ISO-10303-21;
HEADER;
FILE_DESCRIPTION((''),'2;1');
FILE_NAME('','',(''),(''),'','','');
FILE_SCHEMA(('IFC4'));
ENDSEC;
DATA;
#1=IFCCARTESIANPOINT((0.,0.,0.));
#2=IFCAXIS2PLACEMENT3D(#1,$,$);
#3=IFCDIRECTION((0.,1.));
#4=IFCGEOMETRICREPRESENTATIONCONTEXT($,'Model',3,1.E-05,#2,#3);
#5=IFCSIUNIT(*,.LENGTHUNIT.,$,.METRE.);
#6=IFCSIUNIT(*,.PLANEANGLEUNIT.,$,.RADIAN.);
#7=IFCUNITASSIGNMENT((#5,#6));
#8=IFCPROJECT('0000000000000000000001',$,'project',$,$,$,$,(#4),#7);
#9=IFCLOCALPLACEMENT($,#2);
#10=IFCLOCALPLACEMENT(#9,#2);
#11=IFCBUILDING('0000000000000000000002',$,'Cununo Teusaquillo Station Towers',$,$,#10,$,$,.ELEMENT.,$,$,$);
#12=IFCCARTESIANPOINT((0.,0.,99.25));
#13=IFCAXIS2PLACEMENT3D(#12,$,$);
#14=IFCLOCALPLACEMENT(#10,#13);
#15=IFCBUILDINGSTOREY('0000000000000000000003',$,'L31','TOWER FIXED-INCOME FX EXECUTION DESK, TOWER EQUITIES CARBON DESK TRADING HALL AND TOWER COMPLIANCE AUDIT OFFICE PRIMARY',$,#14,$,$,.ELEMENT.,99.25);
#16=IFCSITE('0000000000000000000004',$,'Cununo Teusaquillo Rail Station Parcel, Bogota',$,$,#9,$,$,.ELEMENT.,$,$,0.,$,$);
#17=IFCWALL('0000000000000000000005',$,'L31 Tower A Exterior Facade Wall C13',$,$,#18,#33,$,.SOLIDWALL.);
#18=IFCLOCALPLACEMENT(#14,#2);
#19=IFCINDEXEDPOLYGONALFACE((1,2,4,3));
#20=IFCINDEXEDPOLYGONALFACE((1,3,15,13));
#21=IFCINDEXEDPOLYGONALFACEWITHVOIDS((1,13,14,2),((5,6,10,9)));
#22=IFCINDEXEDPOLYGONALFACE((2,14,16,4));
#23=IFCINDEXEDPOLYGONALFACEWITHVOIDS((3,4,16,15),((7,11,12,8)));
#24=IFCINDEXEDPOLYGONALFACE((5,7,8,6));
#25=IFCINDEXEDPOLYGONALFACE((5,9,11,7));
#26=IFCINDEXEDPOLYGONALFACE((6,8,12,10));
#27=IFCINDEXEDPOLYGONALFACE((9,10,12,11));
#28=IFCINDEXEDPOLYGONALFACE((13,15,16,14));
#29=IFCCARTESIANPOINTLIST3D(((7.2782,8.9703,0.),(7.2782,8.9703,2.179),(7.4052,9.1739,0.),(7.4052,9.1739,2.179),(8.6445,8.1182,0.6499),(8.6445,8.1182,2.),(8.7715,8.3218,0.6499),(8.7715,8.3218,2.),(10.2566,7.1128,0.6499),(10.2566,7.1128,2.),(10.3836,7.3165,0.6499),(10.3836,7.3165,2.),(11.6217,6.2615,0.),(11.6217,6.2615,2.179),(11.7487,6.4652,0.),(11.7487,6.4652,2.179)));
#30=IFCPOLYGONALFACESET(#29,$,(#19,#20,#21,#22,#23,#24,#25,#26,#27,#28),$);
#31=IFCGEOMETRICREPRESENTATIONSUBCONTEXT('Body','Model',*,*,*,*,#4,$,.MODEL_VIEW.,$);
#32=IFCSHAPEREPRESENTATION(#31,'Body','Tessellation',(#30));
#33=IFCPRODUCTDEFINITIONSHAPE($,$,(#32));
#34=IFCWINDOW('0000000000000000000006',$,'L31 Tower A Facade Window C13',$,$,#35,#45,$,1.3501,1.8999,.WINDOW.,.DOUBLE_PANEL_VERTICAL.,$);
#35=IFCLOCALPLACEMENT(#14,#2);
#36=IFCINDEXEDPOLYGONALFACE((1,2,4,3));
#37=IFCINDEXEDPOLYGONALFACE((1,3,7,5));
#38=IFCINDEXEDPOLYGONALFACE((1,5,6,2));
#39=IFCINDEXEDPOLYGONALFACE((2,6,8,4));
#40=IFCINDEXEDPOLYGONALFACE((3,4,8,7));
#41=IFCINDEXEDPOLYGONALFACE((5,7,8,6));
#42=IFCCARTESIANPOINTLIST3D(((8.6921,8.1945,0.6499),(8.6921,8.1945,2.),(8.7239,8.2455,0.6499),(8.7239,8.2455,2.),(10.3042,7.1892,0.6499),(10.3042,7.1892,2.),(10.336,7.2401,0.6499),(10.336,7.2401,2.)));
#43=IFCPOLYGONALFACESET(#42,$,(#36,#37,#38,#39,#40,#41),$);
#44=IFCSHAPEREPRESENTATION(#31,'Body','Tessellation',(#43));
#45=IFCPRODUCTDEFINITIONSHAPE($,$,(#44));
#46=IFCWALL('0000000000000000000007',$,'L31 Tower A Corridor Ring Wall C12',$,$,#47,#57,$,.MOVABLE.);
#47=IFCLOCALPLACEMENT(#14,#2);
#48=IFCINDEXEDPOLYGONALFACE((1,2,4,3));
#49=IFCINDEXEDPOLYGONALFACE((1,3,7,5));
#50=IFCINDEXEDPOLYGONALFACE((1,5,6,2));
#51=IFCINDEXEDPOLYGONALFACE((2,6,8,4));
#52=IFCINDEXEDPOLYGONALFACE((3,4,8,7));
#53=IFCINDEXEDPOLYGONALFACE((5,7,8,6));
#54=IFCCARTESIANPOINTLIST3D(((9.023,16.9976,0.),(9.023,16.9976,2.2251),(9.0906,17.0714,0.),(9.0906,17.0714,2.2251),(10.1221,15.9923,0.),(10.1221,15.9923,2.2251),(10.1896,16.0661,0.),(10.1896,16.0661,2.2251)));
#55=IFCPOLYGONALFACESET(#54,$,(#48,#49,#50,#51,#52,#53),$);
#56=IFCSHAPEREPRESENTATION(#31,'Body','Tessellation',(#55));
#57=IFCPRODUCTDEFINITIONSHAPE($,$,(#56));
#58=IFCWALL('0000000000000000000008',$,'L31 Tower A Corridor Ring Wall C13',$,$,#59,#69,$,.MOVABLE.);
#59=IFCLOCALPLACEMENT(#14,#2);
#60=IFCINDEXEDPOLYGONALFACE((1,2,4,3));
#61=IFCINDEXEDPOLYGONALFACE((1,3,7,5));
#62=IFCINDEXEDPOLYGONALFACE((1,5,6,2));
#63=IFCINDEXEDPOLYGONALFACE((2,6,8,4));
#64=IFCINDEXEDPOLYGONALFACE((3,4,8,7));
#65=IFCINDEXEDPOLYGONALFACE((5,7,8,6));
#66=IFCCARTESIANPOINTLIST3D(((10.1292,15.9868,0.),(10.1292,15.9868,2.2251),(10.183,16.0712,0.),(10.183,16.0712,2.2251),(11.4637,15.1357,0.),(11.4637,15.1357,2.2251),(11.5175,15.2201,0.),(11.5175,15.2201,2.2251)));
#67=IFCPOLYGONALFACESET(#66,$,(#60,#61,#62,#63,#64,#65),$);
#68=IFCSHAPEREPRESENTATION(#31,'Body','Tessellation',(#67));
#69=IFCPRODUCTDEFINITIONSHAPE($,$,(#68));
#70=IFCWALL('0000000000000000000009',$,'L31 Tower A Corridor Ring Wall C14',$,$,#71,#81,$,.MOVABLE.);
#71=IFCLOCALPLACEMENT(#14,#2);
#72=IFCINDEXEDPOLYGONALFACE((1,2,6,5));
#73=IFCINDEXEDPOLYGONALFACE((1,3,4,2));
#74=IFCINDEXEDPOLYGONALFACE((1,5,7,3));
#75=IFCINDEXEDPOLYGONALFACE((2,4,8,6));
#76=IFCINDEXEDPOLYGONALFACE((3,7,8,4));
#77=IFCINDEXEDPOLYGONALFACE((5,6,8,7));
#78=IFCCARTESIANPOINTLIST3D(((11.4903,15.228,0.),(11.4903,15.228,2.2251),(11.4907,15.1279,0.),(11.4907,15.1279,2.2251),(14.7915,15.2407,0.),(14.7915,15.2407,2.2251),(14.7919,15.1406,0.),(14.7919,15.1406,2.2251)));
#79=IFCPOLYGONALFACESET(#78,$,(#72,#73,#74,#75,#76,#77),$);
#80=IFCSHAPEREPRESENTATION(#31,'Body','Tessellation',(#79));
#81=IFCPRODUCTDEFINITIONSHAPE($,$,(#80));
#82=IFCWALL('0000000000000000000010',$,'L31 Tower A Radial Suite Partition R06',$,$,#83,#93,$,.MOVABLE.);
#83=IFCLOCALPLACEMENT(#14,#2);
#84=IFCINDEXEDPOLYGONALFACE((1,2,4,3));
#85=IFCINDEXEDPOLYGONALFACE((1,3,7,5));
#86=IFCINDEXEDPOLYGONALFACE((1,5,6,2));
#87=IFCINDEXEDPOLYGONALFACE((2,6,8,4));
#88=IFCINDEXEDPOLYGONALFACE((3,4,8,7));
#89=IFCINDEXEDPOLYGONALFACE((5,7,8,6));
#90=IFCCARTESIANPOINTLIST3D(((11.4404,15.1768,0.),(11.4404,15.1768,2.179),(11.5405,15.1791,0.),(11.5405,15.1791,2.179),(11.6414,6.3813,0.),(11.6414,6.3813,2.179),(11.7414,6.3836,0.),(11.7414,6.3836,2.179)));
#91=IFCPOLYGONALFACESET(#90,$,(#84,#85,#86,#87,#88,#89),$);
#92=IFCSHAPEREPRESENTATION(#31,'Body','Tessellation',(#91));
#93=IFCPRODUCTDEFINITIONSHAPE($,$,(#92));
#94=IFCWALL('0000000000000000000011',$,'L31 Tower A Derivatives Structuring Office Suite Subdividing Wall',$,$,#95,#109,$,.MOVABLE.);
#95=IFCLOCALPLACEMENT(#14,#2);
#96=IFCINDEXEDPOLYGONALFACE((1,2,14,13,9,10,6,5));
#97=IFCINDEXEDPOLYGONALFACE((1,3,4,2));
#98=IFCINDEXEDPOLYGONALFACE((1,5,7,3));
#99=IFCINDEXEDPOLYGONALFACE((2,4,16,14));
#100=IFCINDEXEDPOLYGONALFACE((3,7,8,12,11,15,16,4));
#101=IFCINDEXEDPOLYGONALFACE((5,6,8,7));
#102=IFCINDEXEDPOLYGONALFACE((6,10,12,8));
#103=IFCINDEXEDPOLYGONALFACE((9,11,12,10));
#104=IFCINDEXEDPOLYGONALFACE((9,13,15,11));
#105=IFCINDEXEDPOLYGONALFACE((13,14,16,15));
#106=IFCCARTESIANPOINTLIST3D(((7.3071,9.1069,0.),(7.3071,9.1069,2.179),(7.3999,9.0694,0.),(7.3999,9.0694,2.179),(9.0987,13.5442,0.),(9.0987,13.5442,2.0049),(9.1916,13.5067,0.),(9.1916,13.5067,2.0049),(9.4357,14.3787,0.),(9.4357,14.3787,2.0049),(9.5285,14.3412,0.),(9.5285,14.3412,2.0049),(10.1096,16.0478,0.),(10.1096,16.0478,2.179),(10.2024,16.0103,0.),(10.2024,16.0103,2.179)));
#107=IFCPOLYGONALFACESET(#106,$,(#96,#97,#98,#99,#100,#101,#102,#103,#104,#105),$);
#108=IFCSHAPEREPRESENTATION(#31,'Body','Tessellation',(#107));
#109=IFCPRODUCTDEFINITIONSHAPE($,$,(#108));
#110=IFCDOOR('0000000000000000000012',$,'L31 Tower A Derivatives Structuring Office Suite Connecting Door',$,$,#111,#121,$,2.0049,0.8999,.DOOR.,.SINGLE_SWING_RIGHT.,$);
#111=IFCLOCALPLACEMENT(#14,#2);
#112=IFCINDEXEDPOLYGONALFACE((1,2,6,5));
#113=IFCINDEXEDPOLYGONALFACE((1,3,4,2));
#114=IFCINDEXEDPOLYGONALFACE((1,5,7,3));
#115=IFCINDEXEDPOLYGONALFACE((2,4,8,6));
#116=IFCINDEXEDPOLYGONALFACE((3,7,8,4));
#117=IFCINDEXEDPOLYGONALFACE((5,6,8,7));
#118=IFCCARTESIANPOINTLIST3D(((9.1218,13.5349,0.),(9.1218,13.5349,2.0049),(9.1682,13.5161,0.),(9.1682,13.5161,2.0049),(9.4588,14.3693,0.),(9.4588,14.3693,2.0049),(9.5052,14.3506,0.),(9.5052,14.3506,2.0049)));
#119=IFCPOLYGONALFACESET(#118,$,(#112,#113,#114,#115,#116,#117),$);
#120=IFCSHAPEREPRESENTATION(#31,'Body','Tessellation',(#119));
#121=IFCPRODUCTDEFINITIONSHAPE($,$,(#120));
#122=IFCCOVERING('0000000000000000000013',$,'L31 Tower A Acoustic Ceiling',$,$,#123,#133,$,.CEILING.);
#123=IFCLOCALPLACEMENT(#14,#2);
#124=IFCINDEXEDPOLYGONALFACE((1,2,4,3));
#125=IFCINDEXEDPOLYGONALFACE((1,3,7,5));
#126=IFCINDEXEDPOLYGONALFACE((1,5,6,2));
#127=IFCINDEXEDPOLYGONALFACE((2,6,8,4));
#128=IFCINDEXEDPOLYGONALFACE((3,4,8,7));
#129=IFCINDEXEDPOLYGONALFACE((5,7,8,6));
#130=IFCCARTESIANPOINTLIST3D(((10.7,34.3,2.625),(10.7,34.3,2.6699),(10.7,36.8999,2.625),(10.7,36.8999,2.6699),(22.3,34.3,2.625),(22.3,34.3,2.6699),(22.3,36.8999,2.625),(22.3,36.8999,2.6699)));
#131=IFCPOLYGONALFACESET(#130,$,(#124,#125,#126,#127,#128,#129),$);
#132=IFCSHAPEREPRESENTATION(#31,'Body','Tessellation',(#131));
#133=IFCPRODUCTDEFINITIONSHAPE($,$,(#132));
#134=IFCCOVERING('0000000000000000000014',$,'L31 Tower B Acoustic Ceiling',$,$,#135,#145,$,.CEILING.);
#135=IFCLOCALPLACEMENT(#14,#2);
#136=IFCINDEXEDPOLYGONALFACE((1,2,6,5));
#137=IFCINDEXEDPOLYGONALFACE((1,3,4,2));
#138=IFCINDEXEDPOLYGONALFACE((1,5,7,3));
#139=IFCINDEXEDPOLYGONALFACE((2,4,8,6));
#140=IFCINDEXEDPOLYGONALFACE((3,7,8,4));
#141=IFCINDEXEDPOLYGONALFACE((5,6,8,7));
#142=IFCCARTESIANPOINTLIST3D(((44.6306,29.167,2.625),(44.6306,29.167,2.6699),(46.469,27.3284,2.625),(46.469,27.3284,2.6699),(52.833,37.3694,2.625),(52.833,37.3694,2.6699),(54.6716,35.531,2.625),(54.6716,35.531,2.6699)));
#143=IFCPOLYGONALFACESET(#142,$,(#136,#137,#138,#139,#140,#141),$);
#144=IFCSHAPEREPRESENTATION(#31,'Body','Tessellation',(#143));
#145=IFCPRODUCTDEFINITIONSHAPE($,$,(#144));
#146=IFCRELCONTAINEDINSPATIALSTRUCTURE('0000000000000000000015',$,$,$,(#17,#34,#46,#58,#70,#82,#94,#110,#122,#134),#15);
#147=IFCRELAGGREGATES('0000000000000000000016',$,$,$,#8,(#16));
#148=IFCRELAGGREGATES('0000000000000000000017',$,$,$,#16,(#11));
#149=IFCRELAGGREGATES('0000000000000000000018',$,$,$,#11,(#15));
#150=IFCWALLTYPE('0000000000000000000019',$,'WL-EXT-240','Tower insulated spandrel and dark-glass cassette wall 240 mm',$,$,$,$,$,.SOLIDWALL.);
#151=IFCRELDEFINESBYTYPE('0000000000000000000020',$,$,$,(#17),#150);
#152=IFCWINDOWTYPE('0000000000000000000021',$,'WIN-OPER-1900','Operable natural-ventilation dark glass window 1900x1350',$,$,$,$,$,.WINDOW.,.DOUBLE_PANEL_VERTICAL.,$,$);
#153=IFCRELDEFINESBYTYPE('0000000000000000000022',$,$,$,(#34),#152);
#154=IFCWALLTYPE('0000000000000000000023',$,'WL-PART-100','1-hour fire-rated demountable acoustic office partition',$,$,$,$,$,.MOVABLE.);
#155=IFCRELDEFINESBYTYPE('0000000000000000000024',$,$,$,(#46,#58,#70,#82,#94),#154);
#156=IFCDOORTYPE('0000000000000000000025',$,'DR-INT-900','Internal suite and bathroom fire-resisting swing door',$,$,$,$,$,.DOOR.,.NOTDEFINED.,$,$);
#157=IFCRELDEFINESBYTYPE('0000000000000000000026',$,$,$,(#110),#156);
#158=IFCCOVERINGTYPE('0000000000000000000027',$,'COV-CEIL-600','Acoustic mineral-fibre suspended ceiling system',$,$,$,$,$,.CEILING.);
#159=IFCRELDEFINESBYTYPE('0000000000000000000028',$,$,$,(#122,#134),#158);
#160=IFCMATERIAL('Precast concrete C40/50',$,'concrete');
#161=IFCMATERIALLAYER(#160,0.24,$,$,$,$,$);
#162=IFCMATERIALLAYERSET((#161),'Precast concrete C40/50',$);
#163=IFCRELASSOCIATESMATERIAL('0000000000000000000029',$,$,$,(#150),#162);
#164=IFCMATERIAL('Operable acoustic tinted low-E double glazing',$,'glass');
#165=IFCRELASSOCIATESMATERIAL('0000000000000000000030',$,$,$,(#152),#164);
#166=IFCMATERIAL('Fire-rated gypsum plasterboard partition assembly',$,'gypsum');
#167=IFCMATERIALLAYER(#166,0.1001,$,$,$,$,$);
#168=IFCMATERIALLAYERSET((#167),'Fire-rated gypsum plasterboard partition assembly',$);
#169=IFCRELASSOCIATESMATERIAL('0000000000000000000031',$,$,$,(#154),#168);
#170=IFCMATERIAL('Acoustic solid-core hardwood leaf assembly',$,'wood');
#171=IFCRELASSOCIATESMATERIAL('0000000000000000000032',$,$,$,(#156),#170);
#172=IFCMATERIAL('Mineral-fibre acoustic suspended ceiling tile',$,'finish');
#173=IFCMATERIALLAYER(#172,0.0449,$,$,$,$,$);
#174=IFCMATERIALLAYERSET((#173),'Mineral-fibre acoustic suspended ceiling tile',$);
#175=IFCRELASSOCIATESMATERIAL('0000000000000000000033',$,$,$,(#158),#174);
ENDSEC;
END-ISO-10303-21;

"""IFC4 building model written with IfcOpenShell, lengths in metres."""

from ifc_helpers import new_model, si_unit, direction, frame, frame_2d, origin, place, context, subcontext, project, spatial, polyline, rectangle, outline, extrude, source, transform, mapped, material, layer, layer_set, type_object, element, fill, save


model = new_model("IFC4")

# Units and contexts
model_context = context("Model", 3, precision=1e-05, world=origin(), true_north=direction((0.0, 1.0)))
body_context = subcontext(model_context, "Body", "Model", "MODEL_VIEW")
ifc_project = project(units=[si_unit("LENGTHUNIT", "METRE"), si_unit("PLANEANGLEUNIT", "RADIAN")], contexts=[model_context])

# Site, building, storey
site_placement = place(None, origin())
site = spatial("IfcSite", under=ifc_project, at=site_placement, Name="Cununo Teusaquillo Rail Station Parcel, Bogota", CompositionType="ELEMENT", RefElevation=0.0)
building_placement = place(site_placement, origin())
building = spatial("IfcBuilding", under=site, at=building_placement, Name="Cununo Teusaquillo Station Towers", CompositionType="ELEMENT")
storey_placement = place(building_placement, frame((0.0, 0.0, 99.25)))
storey = spatial("IfcBuildingStorey", under=building, at=storey_placement, Name="L31", Description="TOWER FIXED-INCOME FX EXECUTION DESK, TOWER EQUITIES CARBON DESK TRADING HALL AND TOWER COMPLIANCE AUDIT OFFICE PRIMARY", CompositionType="ELEMENT", Elevation=99.25)

# Shared definitions
ifc_material_1 = material(Name="Precast concrete C40/50", Category="concrete")
ifc_layer_1 = layer(ifc_material_1, 0.24)
ifc_layer_set_1 = layer_set([ifc_layer_1], Name="Precast concrete C40/50")
wall_type_1 = type_object("IfcWallType", Name="WL-EXT-240", Description="Tower insulated spandrel and dark-glass cassette wall 240 mm", PredefinedType="SOLIDWALL", material=ifc_layer_set_1)

# Wall, opening, window
wall_1_placement = place(storey_placement, frame((11.6853, 6.3633, 0.0), z_axis=(0.0, 0.0, 1.0), x_axis=(-0.84852, 0.529163, 0.0)))
wall_1 = element("IfcWall", 1, at=wall_1_placement, inside=storey, type_object=wall_type_1, Name="L31 Tower A Exterior Facade Wall C13", PredefinedType="SOLIDWALL", context=body_context, shape_type="SweptSolid", body=[
    extrude(rectangle(XDim=5.1189, YDim=0.24, at=frame_2d((2.5596, 0.0))), origin(), (0.0, 0.0, 1.0), 2.179),
])
shared_shape_1 = source(origin(), body_context, "Body", "SweptSolid", [
    extrude(rectangle(XDim=1.8999, YDim=1.3501, at=frame_2d((0.95, 0.675))), frame((0.0, 0.1299, 0.0), z_axis=(0.0, -1.0, 0.0), x_axis=(1.0, 0.0, 0.0)), (0.0, 0.0, 1.0), 0.26),
])
opening_1_placement = place(wall_1_placement, frame((1.6089, 0.0, 0.6499)))
opening_1 = element("IfcOpeningElement", 2, at=opening_1_placement, cuts=wall_1, PredefinedType="OPENING", context=body_context, shape_type="MappedRepresentation", body=[
    mapped(shared_shape_1, transform((0.0, 0.0, 0.0), x_axis=(1.0, 0.0, 0.0), y_axis=(0.0, 1.0, 0.0), z_axis=(0.0, 0.0, 1.0), scale=1.0)),
])
ifc_material_2 = material(Name="Operable acoustic tinted low-E double glazing", Category="glass")
window_type_1 = type_object("IfcWindowType", Name="WIN-OPER-1900", Description="Operable natural-ventilation dark glass window 1900x1350", PartitioningType="DOUBLE_PANEL_VERTICAL", PredefinedType="WINDOW", material=ifc_material_2)
shared_shape_2 = source(origin(), body_context, "Body", "SweptSolid", [
    extrude(rectangle(XDim=1.8999, YDim=1.3501, at=frame_2d((0.95, 0.675))), frame((0.0, 0.03, 0.0), z_axis=(0.0, -1.0, 0.0), x_axis=(1.0, 0.0, 0.0)), (0.0, 0.0, 1.0), 0.0601),
])
window_1_placement = place(opening_1_placement, origin())
window_1 = element("IfcWindow", 3, at=window_1_placement, inside=storey, type_object=window_type_1, Name="L31 Tower A Facade Window C13", OverallHeight=1.3501, OverallWidth=1.8999, PartitioningType="DOUBLE_PANEL_VERTICAL", PredefinedType="WINDOW", context=body_context, shape_type="MappedRepresentation", body=[
    mapped(shared_shape_2, transform((0.0, 0.0, 0.0), x_axis=(1.0, 0.0, 0.0), y_axis=(0.0, 1.0, 0.0), z_axis=(0.0, 0.0, 1.0), scale=1.0)),
])
fill(opening_1, window_1)

# Walls
ifc_material_3 = material(Name="Fire-rated gypsum plasterboard partition assembly", Category="gypsum")
ifc_layer_2 = layer(ifc_material_3, 0.1001)
ifc_layer_set_2 = layer_set([ifc_layer_2], Name="Fire-rated gypsum plasterboard partition assembly")
wall_type_2 = type_object("IfcWallType", Name="WL-PART-100", Description="1-hour fire-rated demountable acoustic office partition", PredefinedType="MOVABLE", material=ifc_layer_set_2)
wall_2_placement = place(storey_placement, frame((9.0569, 17.0344, 0.0), z_axis=(0.0, 0.0, 1.0), x_axis=(0.737875, -0.674938, 0.0)))
element("IfcWall", 4, at=wall_2_placement, inside=storey, type_object=wall_type_2, Name="L31 Tower A Corridor Ring Wall C12", PredefinedType="MOVABLE", context=body_context, shape_type="SweptSolid", body=[
    extrude(rectangle(XDim=1.4895, YDim=0.1001, at=frame_2d((0.7446, 0.0))), origin(), (0.0, 0.0, 1.0), 2.2251),
])
wall_3_placement = place(storey_placement, frame((10.156, 16.0291, 0.0), z_axis=(0.0, 0.0, 1.0), x_axis=(0.843128, -0.537714, 0.0)))
element("IfcWall", 5, at=wall_3_placement, inside=storey, type_object=wall_type_2, Name="L31 Tower A Corridor Ring Wall C13", PredefinedType="MOVABLE", context=body_context, shape_type="SweptSolid", body=[
    extrude(rectangle(XDim=1.5828, YDim=0.1001, at=frame_2d((0.7915, 0.0))), origin(), (0.0, 0.0, 1.0), 2.2251),
])
wall_4_placement = place(storey_placement, frame((11.4905, 15.178, 0.0), z_axis=(0.0, 0.0, 1.0), x_axis=(0.999993, 0.003846, 0.0)))
element("IfcWall", 6, at=wall_4_placement, inside=storey, type_object=wall_type_2, Name="L31 Tower A Corridor Ring Wall C14", PredefinedType="MOVABLE", context=body_context, shape_type="SweptSolid", body=[
    extrude(rectangle(XDim=3.3013, YDim=0.1001, at=frame_2d((1.6506, 0.0))), origin(), (0.0, 0.0, 1.0), 2.2251),
])
wall_5_placement = place(storey_placement, frame((11.4905, 15.178, 0.0), z_axis=(0.0, 0.0, 1.0), x_axis=(0.022838, -0.999739, 0.0)))
element("IfcWall", 7, at=wall_5_placement, inside=storey, type_object=wall_type_2, Name="L31 Tower A Radial Suite Partition R06", PredefinedType="MOVABLE", context=body_context, shape_type="SweptSolid", body=[
    extrude(rectangle(XDim=8.7979, YDim=0.1001, at=frame_2d((4.3989, 0.0))), origin(), (0.0, 0.0, 1.0), 2.179),
])

# Wall, opening, door
wall_6_placement = place(storey_placement, frame((10.156, 16.0291, 0.0), z_axis=(0.0, 0.0, 1.0), x_axis=(-0.374397, -0.927268, 0.0)))
wall_6 = element("IfcWall", 8, at=wall_6_placement, inside=storey, type_object=wall_type_2, Name="L31 Tower A Derivatives Structuring Office Suite Subdividing Wall", PredefinedType="MOVABLE", context=body_context, shape_type="SweptSolid", body=[
    extrude(rectangle(XDim=7.4854, YDim=0.1001, at=frame_2d((3.7427, 0.0))), origin(), (0.0, 0.0, 1.0), 2.179),
])
shared_shape_3 = source(origin(), body_context, "Body", "SweptSolid", [
    extrude(rectangle(XDim=0.8999, YDim=2.0049, at=frame_2d((0.45, 1.0024))), frame((0.0, 0.0601, 0.0), z_axis=(0.0, -1.0, 0.0), x_axis=(1.0, 0.0, 0.0)), (0.0, 0.0, 1.0), 0.1201),
])
opening_2_placement = place(wall_6_placement, frame((1.8, 0.0, 0.0)))
opening_2 = element("IfcOpeningElement", 9, at=opening_2_placement, cuts=wall_6, PredefinedType="OPENING", context=body_context, shape_type="MappedRepresentation", body=[
    mapped(shared_shape_3, transform((0.0, 0.0, 0.0), x_axis=(1.0, 0.0, 0.0), y_axis=(0.0, 1.0, 0.0), z_axis=(0.0, 0.0, 1.0), scale=1.0)),
])
ifc_material_4 = material(Name="Acoustic solid-core hardwood leaf assembly", Category="wood")
door_type = type_object("IfcDoorType", Name="DR-INT-900", Description="Internal suite and bathroom fire-resisting swing door", OperationType="NOTDEFINED", PredefinedType="DOOR", material=ifc_material_4)
shared_shape_4 = source(origin(), body_context, "Body", "SweptSolid", [
    extrude(rectangle(XDim=0.8999, YDim=2.0049, at=frame_2d((0.45, 1.0024))), frame((0.0, 0.0249, 0.0), z_axis=(0.0, -1.0, 0.0), x_axis=(1.0, 0.0, 0.0)), (0.0, 0.0, 1.0), 0.05),
])
door_placement = place(opening_2_placement, origin())
door = element("IfcDoor", 10, at=door_placement, inside=storey, type_object=door_type, Name="L31 Tower A Derivatives Structuring Office Suite Connecting Door", OperationType="SINGLE_SWING_RIGHT", OverallHeight=2.0049, OverallWidth=0.8999, PredefinedType="DOOR", context=body_context, shape_type="MappedRepresentation", body=[
    mapped(shared_shape_4, transform((0.0, 0.0, 0.0), x_axis=(1.0, 0.0, 0.0), y_axis=(0.0, 1.0, 0.0), z_axis=(0.0, 0.0, 1.0), scale=1.0)),
])
fill(opening_2, door)

# Coverings
ifc_material_5 = material(Name="Mineral-fibre acoustic suspended ceiling tile", Category="finish")
ifc_layer_3 = layer(ifc_material_5, 0.0449)
ifc_layer_set_3 = layer_set([ifc_layer_3], Name="Mineral-fibre acoustic suspended ceiling tile")
covering_type = type_object("IfcCoveringType", Name="COV-CEIL-600", Description="Acoustic mineral-fibre suspended ceiling system", PredefinedType="CEILING", material=ifc_layer_set_3)
covering_1_placement = place(storey_placement, frame((0.0, 0.0, 2.625)))
element("IfcCovering", 11, at=covering_1_placement, inside=storey, type_object=covering_type, Name="L31 Tower A Acoustic Ceiling", PredefinedType="CEILING", context=body_context, shape_type="SweptSolid", body=[
    extrude(outline(polyline([(22.3, 36.8999), (22.3, 34.3), (10.7, 34.3), (10.7, 36.8999), (22.3, 36.8999)])), origin(), (0.0, 0.0, 1.0), 0.0449),
])
covering_2_placement = place(storey_placement, frame((0.0, 0.0, 2.625)))
element("IfcCovering", 12, at=covering_2_placement, inside=storey, type_object=covering_type, Name="L31 Tower B Acoustic Ceiling", PredefinedType="CEILING", context=body_context, shape_type="SweptSolid", body=[
    extrude(outline(polyline([(52.833, 37.3694), (54.6716, 35.531), (46.469, 27.3284), (44.6306, 29.167), (52.833, 37.3694)])), origin(), (0.0, 0.0, 1.0), 0.0449),
])

save(model, "model.ifc")
